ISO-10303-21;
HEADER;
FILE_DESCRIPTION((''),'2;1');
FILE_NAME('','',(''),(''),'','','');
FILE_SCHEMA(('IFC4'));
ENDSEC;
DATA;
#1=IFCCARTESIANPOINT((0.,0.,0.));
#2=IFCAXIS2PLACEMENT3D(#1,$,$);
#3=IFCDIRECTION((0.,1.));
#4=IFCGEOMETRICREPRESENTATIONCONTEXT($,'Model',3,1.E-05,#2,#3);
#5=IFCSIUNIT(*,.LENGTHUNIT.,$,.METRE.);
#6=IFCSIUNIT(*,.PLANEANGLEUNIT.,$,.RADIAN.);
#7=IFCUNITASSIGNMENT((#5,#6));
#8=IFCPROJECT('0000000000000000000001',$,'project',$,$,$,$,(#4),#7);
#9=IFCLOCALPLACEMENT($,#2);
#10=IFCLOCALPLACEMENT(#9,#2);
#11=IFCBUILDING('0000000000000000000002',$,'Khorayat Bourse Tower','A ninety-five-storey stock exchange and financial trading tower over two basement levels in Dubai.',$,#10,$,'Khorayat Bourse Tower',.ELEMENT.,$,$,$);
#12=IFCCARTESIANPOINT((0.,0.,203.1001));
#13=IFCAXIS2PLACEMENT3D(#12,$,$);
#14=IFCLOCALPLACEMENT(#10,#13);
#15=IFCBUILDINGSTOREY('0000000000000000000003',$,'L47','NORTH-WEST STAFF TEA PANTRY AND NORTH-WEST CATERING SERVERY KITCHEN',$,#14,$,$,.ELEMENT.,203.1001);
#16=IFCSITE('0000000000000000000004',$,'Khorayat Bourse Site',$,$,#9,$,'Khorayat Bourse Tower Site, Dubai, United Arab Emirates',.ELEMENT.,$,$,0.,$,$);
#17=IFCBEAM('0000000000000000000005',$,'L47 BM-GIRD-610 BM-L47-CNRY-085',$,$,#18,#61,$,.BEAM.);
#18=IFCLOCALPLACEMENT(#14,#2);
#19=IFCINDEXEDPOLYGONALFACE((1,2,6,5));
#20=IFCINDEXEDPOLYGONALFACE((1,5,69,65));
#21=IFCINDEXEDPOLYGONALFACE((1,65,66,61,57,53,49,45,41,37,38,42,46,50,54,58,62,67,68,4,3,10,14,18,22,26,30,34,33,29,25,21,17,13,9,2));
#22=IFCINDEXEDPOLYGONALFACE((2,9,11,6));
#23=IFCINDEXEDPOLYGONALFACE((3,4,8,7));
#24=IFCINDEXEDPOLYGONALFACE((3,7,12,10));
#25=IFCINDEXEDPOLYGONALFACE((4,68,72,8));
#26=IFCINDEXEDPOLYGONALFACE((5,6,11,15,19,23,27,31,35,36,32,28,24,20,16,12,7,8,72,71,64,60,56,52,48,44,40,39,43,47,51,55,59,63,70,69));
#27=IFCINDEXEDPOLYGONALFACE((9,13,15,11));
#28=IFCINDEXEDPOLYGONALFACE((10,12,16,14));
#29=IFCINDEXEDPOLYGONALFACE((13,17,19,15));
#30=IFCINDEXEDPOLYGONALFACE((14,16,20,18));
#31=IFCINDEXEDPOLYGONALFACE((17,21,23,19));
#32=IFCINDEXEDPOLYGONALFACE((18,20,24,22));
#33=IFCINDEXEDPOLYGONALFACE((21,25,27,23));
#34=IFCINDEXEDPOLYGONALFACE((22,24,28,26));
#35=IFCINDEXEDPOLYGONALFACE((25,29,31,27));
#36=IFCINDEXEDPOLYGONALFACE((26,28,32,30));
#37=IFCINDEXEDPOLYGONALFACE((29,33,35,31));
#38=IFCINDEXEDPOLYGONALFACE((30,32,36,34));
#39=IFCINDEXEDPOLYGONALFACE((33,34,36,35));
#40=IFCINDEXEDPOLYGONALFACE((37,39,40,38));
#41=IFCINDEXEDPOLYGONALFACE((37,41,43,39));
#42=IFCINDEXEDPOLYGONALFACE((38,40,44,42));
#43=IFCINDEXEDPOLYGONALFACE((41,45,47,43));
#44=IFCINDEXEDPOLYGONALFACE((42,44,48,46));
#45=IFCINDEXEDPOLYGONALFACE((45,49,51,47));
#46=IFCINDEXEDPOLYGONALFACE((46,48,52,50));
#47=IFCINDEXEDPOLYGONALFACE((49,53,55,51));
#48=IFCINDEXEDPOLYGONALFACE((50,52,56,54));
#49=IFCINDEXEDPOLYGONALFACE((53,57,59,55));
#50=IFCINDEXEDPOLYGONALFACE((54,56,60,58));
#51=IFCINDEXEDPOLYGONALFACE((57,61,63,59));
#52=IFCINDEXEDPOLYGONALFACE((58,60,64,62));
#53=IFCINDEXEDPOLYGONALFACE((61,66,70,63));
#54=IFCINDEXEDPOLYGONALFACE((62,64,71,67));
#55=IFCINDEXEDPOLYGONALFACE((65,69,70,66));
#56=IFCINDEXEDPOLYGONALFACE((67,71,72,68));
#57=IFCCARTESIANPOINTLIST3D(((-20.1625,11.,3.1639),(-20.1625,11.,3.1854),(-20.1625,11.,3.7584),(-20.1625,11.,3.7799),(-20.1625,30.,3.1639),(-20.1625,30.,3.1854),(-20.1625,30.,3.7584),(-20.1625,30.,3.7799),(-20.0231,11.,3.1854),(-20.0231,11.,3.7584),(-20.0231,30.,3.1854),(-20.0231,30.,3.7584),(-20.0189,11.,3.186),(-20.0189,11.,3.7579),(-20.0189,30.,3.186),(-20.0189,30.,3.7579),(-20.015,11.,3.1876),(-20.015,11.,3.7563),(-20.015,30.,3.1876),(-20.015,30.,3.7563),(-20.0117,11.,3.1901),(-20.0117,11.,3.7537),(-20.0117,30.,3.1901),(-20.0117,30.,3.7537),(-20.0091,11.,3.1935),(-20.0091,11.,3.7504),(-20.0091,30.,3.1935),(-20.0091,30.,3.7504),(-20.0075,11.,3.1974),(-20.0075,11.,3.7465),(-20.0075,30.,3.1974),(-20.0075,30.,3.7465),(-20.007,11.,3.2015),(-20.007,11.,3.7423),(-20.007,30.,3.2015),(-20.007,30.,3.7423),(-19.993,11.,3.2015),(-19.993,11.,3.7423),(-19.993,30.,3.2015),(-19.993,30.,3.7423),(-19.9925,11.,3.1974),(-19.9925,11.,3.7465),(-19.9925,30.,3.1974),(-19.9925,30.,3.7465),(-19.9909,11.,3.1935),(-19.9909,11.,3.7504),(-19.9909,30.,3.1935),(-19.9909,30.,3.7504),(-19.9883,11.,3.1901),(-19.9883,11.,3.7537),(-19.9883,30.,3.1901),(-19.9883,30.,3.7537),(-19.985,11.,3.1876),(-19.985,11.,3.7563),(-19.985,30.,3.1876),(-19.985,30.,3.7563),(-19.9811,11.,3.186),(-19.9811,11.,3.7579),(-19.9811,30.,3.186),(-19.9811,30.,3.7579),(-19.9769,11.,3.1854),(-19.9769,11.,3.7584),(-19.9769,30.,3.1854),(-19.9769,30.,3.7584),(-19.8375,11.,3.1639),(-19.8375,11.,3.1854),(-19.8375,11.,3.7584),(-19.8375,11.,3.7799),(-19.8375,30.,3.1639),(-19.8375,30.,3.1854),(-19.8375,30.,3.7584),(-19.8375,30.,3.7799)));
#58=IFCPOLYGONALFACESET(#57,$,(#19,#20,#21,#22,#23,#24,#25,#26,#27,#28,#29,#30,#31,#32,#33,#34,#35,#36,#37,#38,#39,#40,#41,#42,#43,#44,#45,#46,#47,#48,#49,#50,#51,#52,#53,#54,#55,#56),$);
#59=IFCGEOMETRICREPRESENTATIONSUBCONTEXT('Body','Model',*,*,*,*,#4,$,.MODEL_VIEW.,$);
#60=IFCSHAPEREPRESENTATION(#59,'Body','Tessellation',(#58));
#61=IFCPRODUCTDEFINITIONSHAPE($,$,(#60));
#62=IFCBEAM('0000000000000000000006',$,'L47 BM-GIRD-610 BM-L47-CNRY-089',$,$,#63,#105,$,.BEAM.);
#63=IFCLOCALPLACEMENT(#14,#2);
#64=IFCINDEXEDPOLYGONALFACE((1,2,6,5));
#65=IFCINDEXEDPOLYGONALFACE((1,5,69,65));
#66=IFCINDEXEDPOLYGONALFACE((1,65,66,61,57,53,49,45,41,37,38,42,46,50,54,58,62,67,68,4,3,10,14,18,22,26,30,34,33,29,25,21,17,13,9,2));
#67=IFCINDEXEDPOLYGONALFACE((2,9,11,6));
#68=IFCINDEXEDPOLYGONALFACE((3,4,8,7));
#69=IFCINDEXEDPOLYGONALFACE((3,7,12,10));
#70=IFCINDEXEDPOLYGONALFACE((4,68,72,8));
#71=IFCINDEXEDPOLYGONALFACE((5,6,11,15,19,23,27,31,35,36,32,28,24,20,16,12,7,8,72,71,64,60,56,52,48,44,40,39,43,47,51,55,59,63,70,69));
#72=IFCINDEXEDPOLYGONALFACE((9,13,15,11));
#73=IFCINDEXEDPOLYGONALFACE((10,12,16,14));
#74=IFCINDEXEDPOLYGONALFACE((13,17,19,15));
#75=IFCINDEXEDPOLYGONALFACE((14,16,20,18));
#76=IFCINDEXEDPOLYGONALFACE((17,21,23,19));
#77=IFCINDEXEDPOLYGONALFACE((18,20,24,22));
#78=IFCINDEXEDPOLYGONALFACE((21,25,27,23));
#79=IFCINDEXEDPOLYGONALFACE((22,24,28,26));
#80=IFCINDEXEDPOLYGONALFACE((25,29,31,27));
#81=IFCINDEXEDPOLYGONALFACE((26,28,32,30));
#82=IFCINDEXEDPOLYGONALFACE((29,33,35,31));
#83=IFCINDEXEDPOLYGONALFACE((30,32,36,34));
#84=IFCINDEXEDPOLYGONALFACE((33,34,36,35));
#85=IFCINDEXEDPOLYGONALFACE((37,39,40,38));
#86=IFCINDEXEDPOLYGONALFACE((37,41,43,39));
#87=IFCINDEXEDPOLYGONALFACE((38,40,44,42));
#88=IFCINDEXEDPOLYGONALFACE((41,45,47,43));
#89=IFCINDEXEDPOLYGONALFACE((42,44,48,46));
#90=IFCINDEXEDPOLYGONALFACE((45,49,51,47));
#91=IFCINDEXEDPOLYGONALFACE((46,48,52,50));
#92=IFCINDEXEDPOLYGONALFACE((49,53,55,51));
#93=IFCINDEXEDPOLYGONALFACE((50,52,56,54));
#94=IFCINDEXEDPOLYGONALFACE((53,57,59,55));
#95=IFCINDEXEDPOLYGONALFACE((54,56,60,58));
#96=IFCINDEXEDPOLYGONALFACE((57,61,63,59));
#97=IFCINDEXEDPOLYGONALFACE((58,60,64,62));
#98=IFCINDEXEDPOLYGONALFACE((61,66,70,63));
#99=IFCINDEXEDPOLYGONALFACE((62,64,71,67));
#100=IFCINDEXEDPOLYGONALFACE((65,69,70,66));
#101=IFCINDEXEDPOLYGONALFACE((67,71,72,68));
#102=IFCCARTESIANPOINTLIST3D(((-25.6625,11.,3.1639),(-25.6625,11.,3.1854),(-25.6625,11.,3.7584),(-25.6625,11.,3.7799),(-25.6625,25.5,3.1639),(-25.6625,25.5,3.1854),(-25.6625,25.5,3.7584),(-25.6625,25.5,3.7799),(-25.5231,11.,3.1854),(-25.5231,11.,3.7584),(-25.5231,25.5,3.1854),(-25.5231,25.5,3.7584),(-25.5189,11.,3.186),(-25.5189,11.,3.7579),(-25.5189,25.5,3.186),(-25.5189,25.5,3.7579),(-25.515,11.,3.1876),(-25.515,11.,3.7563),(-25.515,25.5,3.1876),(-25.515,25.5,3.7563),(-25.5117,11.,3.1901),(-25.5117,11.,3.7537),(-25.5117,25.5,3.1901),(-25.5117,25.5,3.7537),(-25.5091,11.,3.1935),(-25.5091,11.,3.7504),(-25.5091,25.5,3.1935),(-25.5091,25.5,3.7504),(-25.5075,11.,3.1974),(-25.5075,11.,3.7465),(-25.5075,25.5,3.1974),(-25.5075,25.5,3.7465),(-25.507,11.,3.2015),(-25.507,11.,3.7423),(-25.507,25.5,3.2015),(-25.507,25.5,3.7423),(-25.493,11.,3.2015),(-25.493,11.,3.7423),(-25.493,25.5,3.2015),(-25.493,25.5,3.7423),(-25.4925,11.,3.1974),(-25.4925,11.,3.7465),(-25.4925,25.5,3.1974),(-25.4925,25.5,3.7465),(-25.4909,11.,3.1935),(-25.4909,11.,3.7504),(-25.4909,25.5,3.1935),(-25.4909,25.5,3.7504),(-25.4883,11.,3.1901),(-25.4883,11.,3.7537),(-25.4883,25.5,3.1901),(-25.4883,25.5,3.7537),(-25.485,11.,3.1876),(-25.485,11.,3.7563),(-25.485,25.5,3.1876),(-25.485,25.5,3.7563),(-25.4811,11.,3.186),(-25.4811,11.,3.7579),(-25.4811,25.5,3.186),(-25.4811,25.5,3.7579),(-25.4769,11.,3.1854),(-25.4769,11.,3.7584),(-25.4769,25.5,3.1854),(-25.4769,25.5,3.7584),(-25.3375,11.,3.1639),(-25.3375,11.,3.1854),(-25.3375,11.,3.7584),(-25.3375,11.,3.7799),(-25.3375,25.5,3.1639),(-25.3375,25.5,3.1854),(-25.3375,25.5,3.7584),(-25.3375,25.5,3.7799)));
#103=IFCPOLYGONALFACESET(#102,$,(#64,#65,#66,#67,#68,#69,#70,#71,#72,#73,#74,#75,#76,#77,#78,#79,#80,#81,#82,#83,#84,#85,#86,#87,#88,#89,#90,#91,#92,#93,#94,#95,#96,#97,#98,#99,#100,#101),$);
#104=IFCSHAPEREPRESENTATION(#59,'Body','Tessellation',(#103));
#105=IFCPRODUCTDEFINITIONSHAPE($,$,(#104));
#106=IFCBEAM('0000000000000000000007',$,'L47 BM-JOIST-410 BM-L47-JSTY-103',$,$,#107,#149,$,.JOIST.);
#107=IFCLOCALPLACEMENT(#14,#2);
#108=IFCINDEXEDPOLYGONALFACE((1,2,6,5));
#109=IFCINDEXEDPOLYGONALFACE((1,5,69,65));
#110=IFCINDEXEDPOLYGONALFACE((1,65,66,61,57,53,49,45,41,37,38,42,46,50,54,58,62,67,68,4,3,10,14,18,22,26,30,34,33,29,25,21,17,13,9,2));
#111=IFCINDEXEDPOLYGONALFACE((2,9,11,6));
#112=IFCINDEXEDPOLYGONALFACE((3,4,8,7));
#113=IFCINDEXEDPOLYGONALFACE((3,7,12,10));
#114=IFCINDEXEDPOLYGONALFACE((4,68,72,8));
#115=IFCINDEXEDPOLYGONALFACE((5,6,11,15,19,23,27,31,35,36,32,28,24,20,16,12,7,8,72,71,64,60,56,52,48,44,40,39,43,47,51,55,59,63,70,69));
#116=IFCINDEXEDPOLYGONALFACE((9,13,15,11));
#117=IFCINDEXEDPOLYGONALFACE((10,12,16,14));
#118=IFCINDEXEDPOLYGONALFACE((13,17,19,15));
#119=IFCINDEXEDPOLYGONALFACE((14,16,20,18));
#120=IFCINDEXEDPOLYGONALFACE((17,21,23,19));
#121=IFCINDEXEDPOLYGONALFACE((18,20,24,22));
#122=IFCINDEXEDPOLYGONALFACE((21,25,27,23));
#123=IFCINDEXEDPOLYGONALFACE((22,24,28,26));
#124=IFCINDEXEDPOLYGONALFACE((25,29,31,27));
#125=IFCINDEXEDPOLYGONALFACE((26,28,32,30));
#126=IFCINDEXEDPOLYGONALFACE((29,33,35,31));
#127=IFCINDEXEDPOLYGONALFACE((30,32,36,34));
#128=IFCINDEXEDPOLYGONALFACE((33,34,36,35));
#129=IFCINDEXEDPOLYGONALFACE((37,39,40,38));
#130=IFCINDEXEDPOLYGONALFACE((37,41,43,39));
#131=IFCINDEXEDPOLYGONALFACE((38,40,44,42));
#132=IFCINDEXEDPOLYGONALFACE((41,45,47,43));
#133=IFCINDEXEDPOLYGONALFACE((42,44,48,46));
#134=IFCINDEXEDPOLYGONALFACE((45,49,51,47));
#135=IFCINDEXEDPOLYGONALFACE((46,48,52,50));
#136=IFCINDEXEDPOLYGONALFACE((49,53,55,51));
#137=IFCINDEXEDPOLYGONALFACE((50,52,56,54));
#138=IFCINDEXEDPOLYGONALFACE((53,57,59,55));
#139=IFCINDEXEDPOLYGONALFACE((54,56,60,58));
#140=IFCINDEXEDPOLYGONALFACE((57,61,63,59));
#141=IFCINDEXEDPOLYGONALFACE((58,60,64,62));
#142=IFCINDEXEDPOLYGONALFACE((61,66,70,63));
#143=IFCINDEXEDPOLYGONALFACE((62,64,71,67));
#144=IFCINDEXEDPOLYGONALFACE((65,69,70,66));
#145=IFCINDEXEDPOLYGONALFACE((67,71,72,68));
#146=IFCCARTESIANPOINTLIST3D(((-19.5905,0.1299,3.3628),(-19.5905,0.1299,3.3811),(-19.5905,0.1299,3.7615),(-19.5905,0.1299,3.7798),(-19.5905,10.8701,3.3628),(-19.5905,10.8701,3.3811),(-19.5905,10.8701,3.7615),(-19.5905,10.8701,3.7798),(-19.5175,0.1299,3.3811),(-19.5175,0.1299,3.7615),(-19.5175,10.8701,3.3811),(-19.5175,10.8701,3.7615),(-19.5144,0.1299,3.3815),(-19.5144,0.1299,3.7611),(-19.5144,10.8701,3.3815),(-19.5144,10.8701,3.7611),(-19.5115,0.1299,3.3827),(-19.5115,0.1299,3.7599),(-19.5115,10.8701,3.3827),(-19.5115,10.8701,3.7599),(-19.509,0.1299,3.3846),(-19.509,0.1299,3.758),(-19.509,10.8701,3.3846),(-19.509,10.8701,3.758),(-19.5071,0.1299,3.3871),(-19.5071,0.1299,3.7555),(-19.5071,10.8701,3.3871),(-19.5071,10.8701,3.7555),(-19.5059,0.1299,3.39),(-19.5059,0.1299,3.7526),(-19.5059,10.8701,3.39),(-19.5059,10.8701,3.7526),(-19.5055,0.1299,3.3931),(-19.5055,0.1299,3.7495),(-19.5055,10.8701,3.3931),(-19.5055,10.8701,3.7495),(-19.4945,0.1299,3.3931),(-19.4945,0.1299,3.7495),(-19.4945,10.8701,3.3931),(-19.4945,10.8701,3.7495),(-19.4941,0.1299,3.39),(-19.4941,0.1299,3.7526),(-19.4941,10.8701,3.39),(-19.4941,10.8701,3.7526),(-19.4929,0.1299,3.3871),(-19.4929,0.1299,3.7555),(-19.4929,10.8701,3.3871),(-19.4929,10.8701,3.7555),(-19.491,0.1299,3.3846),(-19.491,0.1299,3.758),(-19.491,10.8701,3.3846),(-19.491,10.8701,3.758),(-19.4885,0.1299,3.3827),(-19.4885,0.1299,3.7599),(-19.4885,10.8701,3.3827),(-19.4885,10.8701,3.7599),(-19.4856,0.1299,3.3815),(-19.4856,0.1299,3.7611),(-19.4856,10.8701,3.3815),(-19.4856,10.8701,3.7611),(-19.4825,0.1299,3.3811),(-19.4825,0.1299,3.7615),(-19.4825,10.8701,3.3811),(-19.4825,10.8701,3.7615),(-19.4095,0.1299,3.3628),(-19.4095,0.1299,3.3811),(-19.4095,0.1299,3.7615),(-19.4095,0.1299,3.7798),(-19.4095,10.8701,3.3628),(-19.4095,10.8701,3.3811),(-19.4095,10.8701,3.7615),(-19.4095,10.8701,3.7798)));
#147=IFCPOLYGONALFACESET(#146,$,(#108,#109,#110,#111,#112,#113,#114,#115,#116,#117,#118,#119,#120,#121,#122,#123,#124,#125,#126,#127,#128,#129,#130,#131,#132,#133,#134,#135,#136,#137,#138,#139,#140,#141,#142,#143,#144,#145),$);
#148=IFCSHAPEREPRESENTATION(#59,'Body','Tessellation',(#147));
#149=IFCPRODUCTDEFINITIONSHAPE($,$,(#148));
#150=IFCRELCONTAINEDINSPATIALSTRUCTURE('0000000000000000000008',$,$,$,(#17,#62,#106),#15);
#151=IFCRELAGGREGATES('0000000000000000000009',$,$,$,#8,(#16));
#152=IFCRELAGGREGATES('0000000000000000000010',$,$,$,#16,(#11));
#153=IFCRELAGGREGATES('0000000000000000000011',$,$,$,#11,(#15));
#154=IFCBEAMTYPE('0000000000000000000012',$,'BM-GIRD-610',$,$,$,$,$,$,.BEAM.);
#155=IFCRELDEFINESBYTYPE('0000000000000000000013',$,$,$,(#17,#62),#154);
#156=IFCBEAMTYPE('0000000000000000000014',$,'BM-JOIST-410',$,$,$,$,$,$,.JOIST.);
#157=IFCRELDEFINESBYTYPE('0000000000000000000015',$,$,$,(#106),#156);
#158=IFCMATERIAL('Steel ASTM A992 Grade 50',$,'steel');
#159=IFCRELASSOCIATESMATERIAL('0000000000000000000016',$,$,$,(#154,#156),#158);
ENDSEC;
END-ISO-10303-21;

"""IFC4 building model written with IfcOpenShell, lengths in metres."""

from ifc_helpers import new_model, si_unit, direction, frame, origin, origin_2d, place, context, subcontext, project, spatial, i_section, extrude, source, transform, mapped, material, material_profile, profile_set, type_object, element, save


model = new_model("IFC4")

# Units and contexts
model_context = context("Model", 3, precision=1e-05, world=origin(), true_north=direction((0.0, 1.0)))
body_context = subcontext(model_context, "Body", "Model", "MODEL_VIEW")
ifc_project = project(units=[si_unit("LENGTHUNIT", "METRE"), si_unit("PLANEANGLEUNIT", "RADIAN")], contexts=[model_context])

# Site, building, storey
site_placement = place(None, origin())
site = spatial("IfcSite", under=ifc_project, at=site_placement, Name="Khorayat Bourse Site", LongName="Khorayat Bourse Tower Site, Dubai, United Arab Emirates", CompositionType="ELEMENT", RefElevation=0.0)
building_placement = place(site_placement, origin())
building = spatial("IfcBuilding", under=site, at=building_placement, Name="Khorayat Bourse Tower", Description="A ninety-five-storey stock exchange and financial trading tower over two basement levels in Dubai.", LongName="Khorayat Bourse Tower", CompositionType="ELEMENT")
storey_placement = place(building_placement, frame((0.0, 0.0, 203.1001)))
storey = spatial("IfcBuildingStorey", under=building, at=storey_placement, Name="L47", Description="NORTH-WEST STAFF TEA PANTRY AND NORTH-WEST CATERING SERVERY KITCHEN", CompositionType="ELEMENT", Elevation=203.1001)

# Beams
ifc_material_1 = material(Name="Steel ASTM A992 Grade 50", Category="steel")
ifc_material_profile_1 = material_profile(ifc_material_1, i_section(OverallWidth=0.325, OverallDepth=0.616, WebThickness=0.0139, FlangeThickness=0.0215, FilletRadius=0.0161, at=origin_2d()), Name="W610X174")
ifc_profile_set_1 = profile_set([ifc_material_profile_1], Name="Steel ASTM A992 Grade 50")
beam_type_1 = type_object("IfcBeamType", Name="BM-GIRD-610", PredefinedType="BEAM", material=ifc_profile_set_1)
shared_shape_1 = source(origin(), body_context, "Body", "SweptSolid", [
    extrude(i_section(OverallWidth=0.325, OverallDepth=0.616, WebThickness=0.0139, FlangeThickness=0.0215, FilletRadius=0.0161, at=origin_2d()), origin(), (0.0, 0.0, 1.0), 19.0),
])
beam_1_placement = place(storey_placement, frame((-20.0, 11.0, 3.4719), z_axis=(0.0, 1.0, 0.0), x_axis=(-1.0, 0.0, 0.0)))
element("IfcBeam", 1, at=beam_1_placement, inside=storey, type_object=beam_type_1, Name="L47 BM-GIRD-610 BM-L47-CNRY-085", PredefinedType="BEAM", context=body_context, shape_type="MappedRepresentation", body=[
    mapped(shared_shape_1, transform((0.0, 0.0, 0.0), scale=1.0)),
])
shared_shape_2 = source(origin(), body_context, "Body", "SweptSolid", [
    extrude(i_section(OverallWidth=0.325, OverallDepth=0.616, WebThickness=0.0139, FlangeThickness=0.0215, FilletRadius=0.0161, at=origin_2d()), origin(), (0.0, 0.0, 1.0), 14.5),
])
beam_2_placement = place(storey_placement, frame((-25.5, 11.0, 3.4719), z_axis=(0.0, 1.0, 0.0), x_axis=(-1.0, 0.0, 0.0)))
element("IfcBeam", 2, at=beam_2_placement, inside=storey, type_object=beam_type_1, Name="L47 BM-GIRD-610 BM-L47-CNRY-089", PredefinedType="BEAM", context=body_context, shape_type="MappedRepresentation", body=[
    mapped(shared_shape_2, transform((0.0, 0.0, 0.0), scale=1.0)),
])
ifc_material_profile_2 = material_profile(ifc_material_1, i_section(OverallWidth=0.1809, OverallDepth=0.417, WebThickness=0.011, FlangeThickness=0.0183, FilletRadius=0.012, at=origin_2d()), Name="W410X85")
ifc_profile_set_2 = profile_set([ifc_material_profile_2], Name="Steel ASTM A992 Grade 50")
beam_type_2 = type_object("IfcBeamType", Name="BM-JOIST-410", PredefinedType="JOIST", material=ifc_profile_set_2)
shared_shape_3 = source(origin(), body_context, "Body", "SweptSolid", [
    extrude(i_section(OverallWidth=0.1809, OverallDepth=0.417, WebThickness=0.011, FlangeThickness=0.0183, FilletRadius=0.012, at=origin_2d()), origin(), (0.0, 0.0, 1.0), 10.7402),
])
beam_3_placement = place(storey_placement, frame((-19.5, 0.1299, 3.5713), z_axis=(0.0, 1.0, 0.0), x_axis=(-1.0, 0.0, 0.0)))
element("IfcBeam", 3, at=beam_3_placement, inside=storey, type_object=beam_type_2, Name="L47 BM-JOIST-410 BM-L47-JSTY-103", PredefinedType="JOIST", context=body_context, shape_type="MappedRepresentation", body=[
    mapped(shared_shape_3, transform((0.0, 0.0, 0.0), scale=1.0)),
])

save(model, "model.ifc")
